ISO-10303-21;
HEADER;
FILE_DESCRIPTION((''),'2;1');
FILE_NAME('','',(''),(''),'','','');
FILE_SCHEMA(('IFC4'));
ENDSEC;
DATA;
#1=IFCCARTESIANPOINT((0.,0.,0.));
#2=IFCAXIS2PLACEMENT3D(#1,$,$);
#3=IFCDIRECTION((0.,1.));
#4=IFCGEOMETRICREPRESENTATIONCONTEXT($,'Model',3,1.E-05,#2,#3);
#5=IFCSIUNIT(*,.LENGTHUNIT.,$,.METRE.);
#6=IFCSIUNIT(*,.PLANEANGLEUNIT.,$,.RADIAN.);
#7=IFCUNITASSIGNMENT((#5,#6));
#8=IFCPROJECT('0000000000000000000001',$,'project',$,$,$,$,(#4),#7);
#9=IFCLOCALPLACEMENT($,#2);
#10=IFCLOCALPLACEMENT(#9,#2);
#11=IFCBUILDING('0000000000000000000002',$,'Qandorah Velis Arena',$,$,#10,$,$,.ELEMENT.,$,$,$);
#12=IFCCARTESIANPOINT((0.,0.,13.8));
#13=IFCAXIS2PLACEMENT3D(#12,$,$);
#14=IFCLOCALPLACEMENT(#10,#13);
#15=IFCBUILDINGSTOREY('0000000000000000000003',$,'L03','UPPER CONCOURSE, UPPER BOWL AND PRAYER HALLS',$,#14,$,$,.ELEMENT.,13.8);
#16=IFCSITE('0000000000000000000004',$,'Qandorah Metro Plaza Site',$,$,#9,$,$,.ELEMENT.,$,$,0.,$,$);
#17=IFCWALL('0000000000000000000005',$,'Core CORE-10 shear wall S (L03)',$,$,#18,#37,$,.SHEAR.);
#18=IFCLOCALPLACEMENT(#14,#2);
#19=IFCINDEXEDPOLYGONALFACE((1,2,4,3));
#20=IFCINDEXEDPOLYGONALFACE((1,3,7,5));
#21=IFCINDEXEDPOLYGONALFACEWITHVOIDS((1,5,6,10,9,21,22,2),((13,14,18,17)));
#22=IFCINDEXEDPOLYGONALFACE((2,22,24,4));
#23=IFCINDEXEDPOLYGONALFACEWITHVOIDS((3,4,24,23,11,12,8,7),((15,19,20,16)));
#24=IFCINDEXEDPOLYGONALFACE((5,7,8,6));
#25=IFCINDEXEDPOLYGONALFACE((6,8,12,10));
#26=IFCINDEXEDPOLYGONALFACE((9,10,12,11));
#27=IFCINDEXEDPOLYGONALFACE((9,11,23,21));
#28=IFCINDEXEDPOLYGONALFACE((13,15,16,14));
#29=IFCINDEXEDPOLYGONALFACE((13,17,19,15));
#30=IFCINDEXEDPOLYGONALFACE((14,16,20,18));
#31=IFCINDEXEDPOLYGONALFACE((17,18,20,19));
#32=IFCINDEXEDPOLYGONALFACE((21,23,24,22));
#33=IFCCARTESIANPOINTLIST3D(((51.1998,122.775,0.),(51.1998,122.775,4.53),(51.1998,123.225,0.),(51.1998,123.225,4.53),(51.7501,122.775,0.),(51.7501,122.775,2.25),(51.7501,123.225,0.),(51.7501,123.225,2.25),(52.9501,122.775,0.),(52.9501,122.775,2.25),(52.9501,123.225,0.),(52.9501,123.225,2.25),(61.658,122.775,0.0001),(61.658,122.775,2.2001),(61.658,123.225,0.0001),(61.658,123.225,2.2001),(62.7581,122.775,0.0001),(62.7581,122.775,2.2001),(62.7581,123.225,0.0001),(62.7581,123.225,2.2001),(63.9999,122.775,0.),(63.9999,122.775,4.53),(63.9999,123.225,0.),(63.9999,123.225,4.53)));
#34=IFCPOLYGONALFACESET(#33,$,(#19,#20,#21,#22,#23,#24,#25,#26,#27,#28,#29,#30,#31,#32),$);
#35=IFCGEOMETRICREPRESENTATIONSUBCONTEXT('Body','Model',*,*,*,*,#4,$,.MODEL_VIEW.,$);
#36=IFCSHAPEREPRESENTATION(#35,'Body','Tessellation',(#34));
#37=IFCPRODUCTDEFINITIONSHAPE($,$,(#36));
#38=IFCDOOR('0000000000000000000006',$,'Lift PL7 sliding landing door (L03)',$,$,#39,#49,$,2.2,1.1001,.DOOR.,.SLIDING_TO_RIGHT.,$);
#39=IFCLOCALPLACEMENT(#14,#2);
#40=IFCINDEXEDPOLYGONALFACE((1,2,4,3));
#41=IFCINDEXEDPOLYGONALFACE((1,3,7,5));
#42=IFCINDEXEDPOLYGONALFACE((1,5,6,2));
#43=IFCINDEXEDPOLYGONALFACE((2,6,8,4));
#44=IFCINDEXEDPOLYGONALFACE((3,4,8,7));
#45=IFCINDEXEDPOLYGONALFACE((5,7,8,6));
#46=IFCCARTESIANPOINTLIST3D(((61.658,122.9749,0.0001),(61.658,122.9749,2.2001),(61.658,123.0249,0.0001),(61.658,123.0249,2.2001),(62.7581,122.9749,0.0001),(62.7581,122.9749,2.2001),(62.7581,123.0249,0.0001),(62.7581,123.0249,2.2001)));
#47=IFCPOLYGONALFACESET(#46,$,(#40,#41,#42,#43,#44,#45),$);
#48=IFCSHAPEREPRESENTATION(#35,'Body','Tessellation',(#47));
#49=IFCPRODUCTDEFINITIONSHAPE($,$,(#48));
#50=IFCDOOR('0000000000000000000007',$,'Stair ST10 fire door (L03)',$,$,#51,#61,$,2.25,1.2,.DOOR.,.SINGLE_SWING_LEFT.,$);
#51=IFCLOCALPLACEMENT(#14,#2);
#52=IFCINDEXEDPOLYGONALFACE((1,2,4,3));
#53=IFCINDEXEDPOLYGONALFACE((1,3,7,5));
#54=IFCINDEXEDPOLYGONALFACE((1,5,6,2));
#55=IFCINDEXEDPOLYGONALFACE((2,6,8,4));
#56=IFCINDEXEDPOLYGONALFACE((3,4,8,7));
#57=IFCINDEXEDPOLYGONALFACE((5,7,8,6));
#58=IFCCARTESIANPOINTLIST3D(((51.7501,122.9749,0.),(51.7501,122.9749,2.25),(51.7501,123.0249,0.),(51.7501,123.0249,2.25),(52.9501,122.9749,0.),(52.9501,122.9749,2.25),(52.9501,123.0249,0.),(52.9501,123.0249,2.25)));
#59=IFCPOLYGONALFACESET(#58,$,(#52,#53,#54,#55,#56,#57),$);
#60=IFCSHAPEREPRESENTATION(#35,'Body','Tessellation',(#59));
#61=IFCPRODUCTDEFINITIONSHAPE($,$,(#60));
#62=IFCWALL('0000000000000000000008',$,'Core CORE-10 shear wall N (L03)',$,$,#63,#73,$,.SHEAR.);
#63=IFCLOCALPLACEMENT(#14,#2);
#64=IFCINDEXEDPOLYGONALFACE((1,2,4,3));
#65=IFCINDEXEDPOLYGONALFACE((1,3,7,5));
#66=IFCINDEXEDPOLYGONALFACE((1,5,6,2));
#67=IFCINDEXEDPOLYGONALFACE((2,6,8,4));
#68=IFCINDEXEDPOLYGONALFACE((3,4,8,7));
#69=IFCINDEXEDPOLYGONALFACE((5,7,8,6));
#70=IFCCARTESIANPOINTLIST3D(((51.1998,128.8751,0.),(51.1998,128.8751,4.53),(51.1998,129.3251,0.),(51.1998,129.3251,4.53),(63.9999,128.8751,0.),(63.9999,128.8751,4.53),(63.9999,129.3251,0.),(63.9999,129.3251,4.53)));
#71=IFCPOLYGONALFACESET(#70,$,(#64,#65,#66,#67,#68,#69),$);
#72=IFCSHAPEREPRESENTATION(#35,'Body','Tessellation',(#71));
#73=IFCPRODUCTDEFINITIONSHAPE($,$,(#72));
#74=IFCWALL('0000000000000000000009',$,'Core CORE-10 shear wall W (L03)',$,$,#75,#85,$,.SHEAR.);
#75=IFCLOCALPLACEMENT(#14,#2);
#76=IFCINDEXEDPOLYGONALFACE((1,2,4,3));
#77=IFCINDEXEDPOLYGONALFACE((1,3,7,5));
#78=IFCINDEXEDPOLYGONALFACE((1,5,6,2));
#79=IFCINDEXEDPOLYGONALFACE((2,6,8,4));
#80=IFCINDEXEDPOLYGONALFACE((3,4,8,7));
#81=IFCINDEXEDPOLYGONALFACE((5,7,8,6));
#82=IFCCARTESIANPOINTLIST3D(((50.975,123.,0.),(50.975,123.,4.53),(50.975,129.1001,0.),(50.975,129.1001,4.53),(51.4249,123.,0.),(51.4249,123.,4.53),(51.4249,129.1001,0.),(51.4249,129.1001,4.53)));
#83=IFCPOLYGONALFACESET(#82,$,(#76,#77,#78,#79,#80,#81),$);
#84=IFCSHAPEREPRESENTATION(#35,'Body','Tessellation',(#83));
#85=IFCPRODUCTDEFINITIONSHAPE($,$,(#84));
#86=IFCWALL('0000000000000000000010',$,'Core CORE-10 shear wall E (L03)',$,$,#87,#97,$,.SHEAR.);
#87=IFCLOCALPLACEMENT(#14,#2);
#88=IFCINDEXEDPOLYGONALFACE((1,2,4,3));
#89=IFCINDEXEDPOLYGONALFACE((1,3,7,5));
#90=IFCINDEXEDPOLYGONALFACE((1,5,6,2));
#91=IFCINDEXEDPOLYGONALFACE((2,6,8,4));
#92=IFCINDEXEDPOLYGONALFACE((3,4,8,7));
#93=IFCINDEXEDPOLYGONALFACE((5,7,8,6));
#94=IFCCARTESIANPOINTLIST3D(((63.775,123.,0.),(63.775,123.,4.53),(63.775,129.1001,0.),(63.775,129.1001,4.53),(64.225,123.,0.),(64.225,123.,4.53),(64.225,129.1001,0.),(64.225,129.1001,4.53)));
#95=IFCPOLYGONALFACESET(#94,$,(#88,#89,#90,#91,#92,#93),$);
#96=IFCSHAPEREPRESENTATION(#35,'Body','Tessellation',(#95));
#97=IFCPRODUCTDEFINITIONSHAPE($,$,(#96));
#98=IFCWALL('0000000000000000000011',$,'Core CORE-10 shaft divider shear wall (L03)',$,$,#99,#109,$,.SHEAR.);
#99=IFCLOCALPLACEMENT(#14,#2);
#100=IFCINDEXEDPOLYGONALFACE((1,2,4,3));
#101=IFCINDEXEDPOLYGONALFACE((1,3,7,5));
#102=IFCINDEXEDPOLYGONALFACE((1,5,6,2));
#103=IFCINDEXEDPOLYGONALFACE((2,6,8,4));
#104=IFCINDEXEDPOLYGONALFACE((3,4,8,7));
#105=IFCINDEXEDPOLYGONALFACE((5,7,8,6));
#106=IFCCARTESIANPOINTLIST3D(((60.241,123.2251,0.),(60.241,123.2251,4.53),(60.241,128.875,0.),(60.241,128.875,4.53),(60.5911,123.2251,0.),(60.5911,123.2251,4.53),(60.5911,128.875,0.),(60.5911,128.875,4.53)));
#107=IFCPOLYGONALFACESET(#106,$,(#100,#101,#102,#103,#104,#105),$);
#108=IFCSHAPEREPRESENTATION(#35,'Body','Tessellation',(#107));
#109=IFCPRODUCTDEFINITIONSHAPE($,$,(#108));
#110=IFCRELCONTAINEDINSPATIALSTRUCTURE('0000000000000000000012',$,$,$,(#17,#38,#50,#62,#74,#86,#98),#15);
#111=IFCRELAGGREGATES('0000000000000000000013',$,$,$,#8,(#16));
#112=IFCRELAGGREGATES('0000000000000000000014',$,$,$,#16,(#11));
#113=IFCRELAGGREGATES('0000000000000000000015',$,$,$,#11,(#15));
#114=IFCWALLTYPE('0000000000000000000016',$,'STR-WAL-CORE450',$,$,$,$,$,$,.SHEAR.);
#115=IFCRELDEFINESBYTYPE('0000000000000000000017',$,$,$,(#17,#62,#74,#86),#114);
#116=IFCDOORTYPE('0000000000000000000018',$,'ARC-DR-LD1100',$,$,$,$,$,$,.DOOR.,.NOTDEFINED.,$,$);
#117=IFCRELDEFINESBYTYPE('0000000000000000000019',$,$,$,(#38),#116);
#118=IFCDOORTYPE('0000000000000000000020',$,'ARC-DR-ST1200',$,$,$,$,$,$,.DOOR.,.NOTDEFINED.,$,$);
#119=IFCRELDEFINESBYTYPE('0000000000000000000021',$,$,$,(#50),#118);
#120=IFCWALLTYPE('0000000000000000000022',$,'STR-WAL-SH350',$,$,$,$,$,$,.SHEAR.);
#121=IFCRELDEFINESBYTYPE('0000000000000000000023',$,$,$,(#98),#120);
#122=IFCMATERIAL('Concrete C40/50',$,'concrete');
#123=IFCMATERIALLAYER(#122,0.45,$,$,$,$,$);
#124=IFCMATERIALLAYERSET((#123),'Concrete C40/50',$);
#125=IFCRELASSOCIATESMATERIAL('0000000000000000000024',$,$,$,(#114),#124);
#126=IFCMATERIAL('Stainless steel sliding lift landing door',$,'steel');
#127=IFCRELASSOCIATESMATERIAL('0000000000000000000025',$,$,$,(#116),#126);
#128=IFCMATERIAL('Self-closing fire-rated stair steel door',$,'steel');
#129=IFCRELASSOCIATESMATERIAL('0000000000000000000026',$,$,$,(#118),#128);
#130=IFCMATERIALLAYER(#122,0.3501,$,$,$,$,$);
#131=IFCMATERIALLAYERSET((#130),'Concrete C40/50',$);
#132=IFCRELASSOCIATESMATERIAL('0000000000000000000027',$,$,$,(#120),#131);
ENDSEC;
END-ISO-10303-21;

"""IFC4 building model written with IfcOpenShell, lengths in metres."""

from ifc_helpers import new_model, si_unit, direction, frame, frame_2d, origin, place, context, subcontext, project, spatial, rectangle, extrude, material, layer, layer_set, type_object, element, fill, save


model = new_model("IFC4")

# Units and contexts
model_context = context("Model", 3, precision=1e-05, world=origin(), true_north=direction((0.0, 1.0)))
body_context = subcontext(model_context, "Body", "Model", "MODEL_VIEW")
ifc_project = project(units=[si_unit("LENGTHUNIT", "METRE"), si_unit("PLANEANGLEUNIT", "RADIAN")], contexts=[model_context])

# Site, building, storey
site_placement = place(None, origin())
site = spatial("IfcSite", under=ifc_project, at=site_placement, Name="Qandorah Metro Plaza Site", CompositionType="ELEMENT", RefElevation=0.0)
building_placement = place(site_placement, origin())
building = spatial("IfcBuilding", under=site, at=building_placement, Name="Qandorah Velis Arena", CompositionType="ELEMENT")
storey_placement = place(building_placement, frame((0.0, 0.0, 13.8)))
storey = spatial("IfcBuildingStorey", under=building, at=storey_placement, Name="L03", Description="UPPER CONCOURSE, UPPER BOWL AND PRAYER HALLS", CompositionType="ELEMENT", Elevation=13.8)

# Shared definitions
ifc_material_1 = material(Name="Concrete C40/50", Category="concrete")

# Wall, openings, doors
ifc_layer_1 = layer(ifc_material_1, 0.45)
ifc_layer_set_1 = layer_set([ifc_layer_1], Name="Concrete C40/50")
wall_type_1 = type_object("IfcWallType", Name="STR-WAL-CORE450", PredefinedType="SHEAR", material=ifc_layer_set_1)
wall_1_placement = place(storey_placement, frame((51.2, 123.0, 0.0), z_axis=(0.0, 0.0, 1.0), x_axis=(1.0, 0.0, 0.0)))
wall_1 = element("IfcWall", 1, at=wall_1_placement, inside=storey, type_object=wall_type_1, Name="Core CORE-10 shear wall S (L03)", PredefinedType="SHEAR", context=body_context, shape_type="SweptSolid", body=[
    extrude(rectangle(XDim=12.8, YDim=0.45, at=frame_2d((6.3999, 0.0))), origin(), (0.0, 0.0, 1.0), 4.53),
])
opening_1_placement = place(wall_1_placement, frame((0.55, 0.0, 0.0)))
opening_1 = element("IfcOpeningElement", 2, at=opening_1_placement, cuts=wall_1, PredefinedType="OPENING", context=body_context, shape_type="SweptSolid", body=[
    extrude(rectangle(XDim=1.2, YDim=2.25, at=frame_2d((0.6001, 1.125))), frame((0.0, 0.2349, 0.0), z_axis=(0.0, -1.0, 0.0), x_axis=(1.0, 0.0, 0.0)), (0.0, 0.0, 1.0), 0.47),
])
opening_2_placement = place(wall_1_placement, frame((10.458, 0.0, 0.0)))
opening_2 = element("IfcOpeningElement", 3, at=opening_2_placement, cuts=wall_1, PredefinedType="OPENING", context=body_context, shape_type="SweptSolid", body=[
    extrude(rectangle(XDim=1.1001, YDim=2.2, at=frame_2d((0.55, 1.1001))), frame((0.0, 0.2349, 0.0), z_axis=(0.0, -1.0, 0.0), x_axis=(1.0, 0.0, 0.0)), (0.0, 0.0, 1.0), 0.47),
])
ifc_material_2 = material(Name="Stainless steel sliding lift landing door", Category="steel")
door_type_1 = type_object("IfcDoorType", Name="ARC-DR-LD1100", OperationType="NOTDEFINED", PredefinedType="DOOR", material=ifc_material_2)
door_1_placement = place(opening_2_placement, origin())
door_1 = element("IfcDoor", 4, at=door_1_placement, inside=storey, type_object=door_type_1, Name="Lift PL7 sliding landing door (L03)", OperationType="SLIDING_TO_RIGHT", OverallHeight=2.2, OverallWidth=1.1001, PredefinedType="DOOR", context=body_context, shape_type="SweptSolid", body=[
    extrude(rectangle(XDim=1.1001, YDim=2.2, at=frame_2d((0.55, 1.1001))), frame((0.0, 0.0249, 0.0), z_axis=(0.0, -1.0, 0.0), x_axis=(1.0, 0.0, 0.0)), (0.0, 0.0, 1.0), 0.05),
])
fill(opening_2, door_1)
ifc_material_3 = material(Name="Self-closing fire-rated stair steel door", Category="steel")
door_type_2 = type_object("IfcDoorType", Name="ARC-DR-ST1200", OperationType="NOTDEFINED", PredefinedType="DOOR", material=ifc_material_3)
door_2_placement = place(opening_1_placement, origin())
door_2 = element("IfcDoor", 5, at=door_2_placement, inside=storey, type_object=door_type_2, Name="Stair ST10 fire door (L03)", OperationType="SINGLE_SWING_LEFT", OverallHeight=2.25, OverallWidth=1.2, PredefinedType="DOOR", context=body_context, shape_type="SweptSolid", body=[
    extrude(rectangle(XDim=1.2, YDim=2.25, at=frame_2d((0.6001, 1.125))), frame((0.0, 0.0249, 0.0), z_axis=(0.0, -1.0, 0.0), x_axis=(1.0, 0.0, 0.0)), (0.0, 0.0, 1.0), 0.05),
])
fill(opening_1, door_2)

# Walls
wall_2_placement = place(storey_placement, frame((51.2, 129.1001, 0.0), z_axis=(0.0, 0.0, 1.0), x_axis=(1.0, 0.0, 0.0)))
element("IfcWall", 6, at=wall_2_placement, inside=storey, type_object=wall_type_1, Name="Core CORE-10 shear wall N (L03)", PredefinedType="SHEAR", context=body_context, shape_type="SweptSolid", body=[
    extrude(rectangle(XDim=12.8, YDim=0.45, at=frame_2d((6.3999, 0.0))), origin(), (0.0, 0.0, 1.0), 4.53),
])
for number, where, z_axis, x_axis, name in (
    (7, (51.2, 123.0, 0.0), (0.0, 0.0, 1.0), (0.0, 1.0, 0.0), "Core CORE-10 shear wall W (L03)"),
    (8, (64.0, 123.0, 0.0), (0.0, 0.0, 1.0), (0.0, 1.0, 0.0), "Core CORE-10 shear wall E (L03)"),
):
    element("IfcWall", number, at=place(storey_placement, frame(where, z_axis=z_axis, x_axis=x_axis)), inside=storey, type_object=wall_type_1, Name=name, PredefinedType="SHEAR", context=body_context, shape_type="SweptSolid", body=[
        extrude(rectangle(XDim=6.1001, YDim=0.45, at=frame_2d((3.05, 0.0))), origin(), (0.0, 0.0, 1.0), 4.53),
    ])
ifc_layer_2 = layer(ifc_material_1, 0.3501)
ifc_layer_set_2 = layer_set([ifc_layer_2], Name="Concrete C40/50")
wall_type_2 = type_object("IfcWallType", Name="STR-WAL-SH350", PredefinedType="SHEAR", material=ifc_layer_set_2)
wall_3_placement = place(storey_placement, frame((60.416, 123.2251, 0.0), z_axis=(0.0, 0.0, 1.0), x_axis=(0.0, 1.0, 0.0)))
element("IfcWall", 9, at=wall_3_placement, inside=storey, type_object=wall_type_2, Name="Core CORE-10 shaft divider shear wall (L03)", PredefinedType="SHEAR", context=body_context, shape_type="SweptSolid", body=[
    extrude(rectangle(XDim=5.6499, YDim=0.3501, at=frame_2d((2.825, 0.0))), origin(), (0.0, 0.0, 1.0), 4.53),
])

save(model, "model.ifc")
